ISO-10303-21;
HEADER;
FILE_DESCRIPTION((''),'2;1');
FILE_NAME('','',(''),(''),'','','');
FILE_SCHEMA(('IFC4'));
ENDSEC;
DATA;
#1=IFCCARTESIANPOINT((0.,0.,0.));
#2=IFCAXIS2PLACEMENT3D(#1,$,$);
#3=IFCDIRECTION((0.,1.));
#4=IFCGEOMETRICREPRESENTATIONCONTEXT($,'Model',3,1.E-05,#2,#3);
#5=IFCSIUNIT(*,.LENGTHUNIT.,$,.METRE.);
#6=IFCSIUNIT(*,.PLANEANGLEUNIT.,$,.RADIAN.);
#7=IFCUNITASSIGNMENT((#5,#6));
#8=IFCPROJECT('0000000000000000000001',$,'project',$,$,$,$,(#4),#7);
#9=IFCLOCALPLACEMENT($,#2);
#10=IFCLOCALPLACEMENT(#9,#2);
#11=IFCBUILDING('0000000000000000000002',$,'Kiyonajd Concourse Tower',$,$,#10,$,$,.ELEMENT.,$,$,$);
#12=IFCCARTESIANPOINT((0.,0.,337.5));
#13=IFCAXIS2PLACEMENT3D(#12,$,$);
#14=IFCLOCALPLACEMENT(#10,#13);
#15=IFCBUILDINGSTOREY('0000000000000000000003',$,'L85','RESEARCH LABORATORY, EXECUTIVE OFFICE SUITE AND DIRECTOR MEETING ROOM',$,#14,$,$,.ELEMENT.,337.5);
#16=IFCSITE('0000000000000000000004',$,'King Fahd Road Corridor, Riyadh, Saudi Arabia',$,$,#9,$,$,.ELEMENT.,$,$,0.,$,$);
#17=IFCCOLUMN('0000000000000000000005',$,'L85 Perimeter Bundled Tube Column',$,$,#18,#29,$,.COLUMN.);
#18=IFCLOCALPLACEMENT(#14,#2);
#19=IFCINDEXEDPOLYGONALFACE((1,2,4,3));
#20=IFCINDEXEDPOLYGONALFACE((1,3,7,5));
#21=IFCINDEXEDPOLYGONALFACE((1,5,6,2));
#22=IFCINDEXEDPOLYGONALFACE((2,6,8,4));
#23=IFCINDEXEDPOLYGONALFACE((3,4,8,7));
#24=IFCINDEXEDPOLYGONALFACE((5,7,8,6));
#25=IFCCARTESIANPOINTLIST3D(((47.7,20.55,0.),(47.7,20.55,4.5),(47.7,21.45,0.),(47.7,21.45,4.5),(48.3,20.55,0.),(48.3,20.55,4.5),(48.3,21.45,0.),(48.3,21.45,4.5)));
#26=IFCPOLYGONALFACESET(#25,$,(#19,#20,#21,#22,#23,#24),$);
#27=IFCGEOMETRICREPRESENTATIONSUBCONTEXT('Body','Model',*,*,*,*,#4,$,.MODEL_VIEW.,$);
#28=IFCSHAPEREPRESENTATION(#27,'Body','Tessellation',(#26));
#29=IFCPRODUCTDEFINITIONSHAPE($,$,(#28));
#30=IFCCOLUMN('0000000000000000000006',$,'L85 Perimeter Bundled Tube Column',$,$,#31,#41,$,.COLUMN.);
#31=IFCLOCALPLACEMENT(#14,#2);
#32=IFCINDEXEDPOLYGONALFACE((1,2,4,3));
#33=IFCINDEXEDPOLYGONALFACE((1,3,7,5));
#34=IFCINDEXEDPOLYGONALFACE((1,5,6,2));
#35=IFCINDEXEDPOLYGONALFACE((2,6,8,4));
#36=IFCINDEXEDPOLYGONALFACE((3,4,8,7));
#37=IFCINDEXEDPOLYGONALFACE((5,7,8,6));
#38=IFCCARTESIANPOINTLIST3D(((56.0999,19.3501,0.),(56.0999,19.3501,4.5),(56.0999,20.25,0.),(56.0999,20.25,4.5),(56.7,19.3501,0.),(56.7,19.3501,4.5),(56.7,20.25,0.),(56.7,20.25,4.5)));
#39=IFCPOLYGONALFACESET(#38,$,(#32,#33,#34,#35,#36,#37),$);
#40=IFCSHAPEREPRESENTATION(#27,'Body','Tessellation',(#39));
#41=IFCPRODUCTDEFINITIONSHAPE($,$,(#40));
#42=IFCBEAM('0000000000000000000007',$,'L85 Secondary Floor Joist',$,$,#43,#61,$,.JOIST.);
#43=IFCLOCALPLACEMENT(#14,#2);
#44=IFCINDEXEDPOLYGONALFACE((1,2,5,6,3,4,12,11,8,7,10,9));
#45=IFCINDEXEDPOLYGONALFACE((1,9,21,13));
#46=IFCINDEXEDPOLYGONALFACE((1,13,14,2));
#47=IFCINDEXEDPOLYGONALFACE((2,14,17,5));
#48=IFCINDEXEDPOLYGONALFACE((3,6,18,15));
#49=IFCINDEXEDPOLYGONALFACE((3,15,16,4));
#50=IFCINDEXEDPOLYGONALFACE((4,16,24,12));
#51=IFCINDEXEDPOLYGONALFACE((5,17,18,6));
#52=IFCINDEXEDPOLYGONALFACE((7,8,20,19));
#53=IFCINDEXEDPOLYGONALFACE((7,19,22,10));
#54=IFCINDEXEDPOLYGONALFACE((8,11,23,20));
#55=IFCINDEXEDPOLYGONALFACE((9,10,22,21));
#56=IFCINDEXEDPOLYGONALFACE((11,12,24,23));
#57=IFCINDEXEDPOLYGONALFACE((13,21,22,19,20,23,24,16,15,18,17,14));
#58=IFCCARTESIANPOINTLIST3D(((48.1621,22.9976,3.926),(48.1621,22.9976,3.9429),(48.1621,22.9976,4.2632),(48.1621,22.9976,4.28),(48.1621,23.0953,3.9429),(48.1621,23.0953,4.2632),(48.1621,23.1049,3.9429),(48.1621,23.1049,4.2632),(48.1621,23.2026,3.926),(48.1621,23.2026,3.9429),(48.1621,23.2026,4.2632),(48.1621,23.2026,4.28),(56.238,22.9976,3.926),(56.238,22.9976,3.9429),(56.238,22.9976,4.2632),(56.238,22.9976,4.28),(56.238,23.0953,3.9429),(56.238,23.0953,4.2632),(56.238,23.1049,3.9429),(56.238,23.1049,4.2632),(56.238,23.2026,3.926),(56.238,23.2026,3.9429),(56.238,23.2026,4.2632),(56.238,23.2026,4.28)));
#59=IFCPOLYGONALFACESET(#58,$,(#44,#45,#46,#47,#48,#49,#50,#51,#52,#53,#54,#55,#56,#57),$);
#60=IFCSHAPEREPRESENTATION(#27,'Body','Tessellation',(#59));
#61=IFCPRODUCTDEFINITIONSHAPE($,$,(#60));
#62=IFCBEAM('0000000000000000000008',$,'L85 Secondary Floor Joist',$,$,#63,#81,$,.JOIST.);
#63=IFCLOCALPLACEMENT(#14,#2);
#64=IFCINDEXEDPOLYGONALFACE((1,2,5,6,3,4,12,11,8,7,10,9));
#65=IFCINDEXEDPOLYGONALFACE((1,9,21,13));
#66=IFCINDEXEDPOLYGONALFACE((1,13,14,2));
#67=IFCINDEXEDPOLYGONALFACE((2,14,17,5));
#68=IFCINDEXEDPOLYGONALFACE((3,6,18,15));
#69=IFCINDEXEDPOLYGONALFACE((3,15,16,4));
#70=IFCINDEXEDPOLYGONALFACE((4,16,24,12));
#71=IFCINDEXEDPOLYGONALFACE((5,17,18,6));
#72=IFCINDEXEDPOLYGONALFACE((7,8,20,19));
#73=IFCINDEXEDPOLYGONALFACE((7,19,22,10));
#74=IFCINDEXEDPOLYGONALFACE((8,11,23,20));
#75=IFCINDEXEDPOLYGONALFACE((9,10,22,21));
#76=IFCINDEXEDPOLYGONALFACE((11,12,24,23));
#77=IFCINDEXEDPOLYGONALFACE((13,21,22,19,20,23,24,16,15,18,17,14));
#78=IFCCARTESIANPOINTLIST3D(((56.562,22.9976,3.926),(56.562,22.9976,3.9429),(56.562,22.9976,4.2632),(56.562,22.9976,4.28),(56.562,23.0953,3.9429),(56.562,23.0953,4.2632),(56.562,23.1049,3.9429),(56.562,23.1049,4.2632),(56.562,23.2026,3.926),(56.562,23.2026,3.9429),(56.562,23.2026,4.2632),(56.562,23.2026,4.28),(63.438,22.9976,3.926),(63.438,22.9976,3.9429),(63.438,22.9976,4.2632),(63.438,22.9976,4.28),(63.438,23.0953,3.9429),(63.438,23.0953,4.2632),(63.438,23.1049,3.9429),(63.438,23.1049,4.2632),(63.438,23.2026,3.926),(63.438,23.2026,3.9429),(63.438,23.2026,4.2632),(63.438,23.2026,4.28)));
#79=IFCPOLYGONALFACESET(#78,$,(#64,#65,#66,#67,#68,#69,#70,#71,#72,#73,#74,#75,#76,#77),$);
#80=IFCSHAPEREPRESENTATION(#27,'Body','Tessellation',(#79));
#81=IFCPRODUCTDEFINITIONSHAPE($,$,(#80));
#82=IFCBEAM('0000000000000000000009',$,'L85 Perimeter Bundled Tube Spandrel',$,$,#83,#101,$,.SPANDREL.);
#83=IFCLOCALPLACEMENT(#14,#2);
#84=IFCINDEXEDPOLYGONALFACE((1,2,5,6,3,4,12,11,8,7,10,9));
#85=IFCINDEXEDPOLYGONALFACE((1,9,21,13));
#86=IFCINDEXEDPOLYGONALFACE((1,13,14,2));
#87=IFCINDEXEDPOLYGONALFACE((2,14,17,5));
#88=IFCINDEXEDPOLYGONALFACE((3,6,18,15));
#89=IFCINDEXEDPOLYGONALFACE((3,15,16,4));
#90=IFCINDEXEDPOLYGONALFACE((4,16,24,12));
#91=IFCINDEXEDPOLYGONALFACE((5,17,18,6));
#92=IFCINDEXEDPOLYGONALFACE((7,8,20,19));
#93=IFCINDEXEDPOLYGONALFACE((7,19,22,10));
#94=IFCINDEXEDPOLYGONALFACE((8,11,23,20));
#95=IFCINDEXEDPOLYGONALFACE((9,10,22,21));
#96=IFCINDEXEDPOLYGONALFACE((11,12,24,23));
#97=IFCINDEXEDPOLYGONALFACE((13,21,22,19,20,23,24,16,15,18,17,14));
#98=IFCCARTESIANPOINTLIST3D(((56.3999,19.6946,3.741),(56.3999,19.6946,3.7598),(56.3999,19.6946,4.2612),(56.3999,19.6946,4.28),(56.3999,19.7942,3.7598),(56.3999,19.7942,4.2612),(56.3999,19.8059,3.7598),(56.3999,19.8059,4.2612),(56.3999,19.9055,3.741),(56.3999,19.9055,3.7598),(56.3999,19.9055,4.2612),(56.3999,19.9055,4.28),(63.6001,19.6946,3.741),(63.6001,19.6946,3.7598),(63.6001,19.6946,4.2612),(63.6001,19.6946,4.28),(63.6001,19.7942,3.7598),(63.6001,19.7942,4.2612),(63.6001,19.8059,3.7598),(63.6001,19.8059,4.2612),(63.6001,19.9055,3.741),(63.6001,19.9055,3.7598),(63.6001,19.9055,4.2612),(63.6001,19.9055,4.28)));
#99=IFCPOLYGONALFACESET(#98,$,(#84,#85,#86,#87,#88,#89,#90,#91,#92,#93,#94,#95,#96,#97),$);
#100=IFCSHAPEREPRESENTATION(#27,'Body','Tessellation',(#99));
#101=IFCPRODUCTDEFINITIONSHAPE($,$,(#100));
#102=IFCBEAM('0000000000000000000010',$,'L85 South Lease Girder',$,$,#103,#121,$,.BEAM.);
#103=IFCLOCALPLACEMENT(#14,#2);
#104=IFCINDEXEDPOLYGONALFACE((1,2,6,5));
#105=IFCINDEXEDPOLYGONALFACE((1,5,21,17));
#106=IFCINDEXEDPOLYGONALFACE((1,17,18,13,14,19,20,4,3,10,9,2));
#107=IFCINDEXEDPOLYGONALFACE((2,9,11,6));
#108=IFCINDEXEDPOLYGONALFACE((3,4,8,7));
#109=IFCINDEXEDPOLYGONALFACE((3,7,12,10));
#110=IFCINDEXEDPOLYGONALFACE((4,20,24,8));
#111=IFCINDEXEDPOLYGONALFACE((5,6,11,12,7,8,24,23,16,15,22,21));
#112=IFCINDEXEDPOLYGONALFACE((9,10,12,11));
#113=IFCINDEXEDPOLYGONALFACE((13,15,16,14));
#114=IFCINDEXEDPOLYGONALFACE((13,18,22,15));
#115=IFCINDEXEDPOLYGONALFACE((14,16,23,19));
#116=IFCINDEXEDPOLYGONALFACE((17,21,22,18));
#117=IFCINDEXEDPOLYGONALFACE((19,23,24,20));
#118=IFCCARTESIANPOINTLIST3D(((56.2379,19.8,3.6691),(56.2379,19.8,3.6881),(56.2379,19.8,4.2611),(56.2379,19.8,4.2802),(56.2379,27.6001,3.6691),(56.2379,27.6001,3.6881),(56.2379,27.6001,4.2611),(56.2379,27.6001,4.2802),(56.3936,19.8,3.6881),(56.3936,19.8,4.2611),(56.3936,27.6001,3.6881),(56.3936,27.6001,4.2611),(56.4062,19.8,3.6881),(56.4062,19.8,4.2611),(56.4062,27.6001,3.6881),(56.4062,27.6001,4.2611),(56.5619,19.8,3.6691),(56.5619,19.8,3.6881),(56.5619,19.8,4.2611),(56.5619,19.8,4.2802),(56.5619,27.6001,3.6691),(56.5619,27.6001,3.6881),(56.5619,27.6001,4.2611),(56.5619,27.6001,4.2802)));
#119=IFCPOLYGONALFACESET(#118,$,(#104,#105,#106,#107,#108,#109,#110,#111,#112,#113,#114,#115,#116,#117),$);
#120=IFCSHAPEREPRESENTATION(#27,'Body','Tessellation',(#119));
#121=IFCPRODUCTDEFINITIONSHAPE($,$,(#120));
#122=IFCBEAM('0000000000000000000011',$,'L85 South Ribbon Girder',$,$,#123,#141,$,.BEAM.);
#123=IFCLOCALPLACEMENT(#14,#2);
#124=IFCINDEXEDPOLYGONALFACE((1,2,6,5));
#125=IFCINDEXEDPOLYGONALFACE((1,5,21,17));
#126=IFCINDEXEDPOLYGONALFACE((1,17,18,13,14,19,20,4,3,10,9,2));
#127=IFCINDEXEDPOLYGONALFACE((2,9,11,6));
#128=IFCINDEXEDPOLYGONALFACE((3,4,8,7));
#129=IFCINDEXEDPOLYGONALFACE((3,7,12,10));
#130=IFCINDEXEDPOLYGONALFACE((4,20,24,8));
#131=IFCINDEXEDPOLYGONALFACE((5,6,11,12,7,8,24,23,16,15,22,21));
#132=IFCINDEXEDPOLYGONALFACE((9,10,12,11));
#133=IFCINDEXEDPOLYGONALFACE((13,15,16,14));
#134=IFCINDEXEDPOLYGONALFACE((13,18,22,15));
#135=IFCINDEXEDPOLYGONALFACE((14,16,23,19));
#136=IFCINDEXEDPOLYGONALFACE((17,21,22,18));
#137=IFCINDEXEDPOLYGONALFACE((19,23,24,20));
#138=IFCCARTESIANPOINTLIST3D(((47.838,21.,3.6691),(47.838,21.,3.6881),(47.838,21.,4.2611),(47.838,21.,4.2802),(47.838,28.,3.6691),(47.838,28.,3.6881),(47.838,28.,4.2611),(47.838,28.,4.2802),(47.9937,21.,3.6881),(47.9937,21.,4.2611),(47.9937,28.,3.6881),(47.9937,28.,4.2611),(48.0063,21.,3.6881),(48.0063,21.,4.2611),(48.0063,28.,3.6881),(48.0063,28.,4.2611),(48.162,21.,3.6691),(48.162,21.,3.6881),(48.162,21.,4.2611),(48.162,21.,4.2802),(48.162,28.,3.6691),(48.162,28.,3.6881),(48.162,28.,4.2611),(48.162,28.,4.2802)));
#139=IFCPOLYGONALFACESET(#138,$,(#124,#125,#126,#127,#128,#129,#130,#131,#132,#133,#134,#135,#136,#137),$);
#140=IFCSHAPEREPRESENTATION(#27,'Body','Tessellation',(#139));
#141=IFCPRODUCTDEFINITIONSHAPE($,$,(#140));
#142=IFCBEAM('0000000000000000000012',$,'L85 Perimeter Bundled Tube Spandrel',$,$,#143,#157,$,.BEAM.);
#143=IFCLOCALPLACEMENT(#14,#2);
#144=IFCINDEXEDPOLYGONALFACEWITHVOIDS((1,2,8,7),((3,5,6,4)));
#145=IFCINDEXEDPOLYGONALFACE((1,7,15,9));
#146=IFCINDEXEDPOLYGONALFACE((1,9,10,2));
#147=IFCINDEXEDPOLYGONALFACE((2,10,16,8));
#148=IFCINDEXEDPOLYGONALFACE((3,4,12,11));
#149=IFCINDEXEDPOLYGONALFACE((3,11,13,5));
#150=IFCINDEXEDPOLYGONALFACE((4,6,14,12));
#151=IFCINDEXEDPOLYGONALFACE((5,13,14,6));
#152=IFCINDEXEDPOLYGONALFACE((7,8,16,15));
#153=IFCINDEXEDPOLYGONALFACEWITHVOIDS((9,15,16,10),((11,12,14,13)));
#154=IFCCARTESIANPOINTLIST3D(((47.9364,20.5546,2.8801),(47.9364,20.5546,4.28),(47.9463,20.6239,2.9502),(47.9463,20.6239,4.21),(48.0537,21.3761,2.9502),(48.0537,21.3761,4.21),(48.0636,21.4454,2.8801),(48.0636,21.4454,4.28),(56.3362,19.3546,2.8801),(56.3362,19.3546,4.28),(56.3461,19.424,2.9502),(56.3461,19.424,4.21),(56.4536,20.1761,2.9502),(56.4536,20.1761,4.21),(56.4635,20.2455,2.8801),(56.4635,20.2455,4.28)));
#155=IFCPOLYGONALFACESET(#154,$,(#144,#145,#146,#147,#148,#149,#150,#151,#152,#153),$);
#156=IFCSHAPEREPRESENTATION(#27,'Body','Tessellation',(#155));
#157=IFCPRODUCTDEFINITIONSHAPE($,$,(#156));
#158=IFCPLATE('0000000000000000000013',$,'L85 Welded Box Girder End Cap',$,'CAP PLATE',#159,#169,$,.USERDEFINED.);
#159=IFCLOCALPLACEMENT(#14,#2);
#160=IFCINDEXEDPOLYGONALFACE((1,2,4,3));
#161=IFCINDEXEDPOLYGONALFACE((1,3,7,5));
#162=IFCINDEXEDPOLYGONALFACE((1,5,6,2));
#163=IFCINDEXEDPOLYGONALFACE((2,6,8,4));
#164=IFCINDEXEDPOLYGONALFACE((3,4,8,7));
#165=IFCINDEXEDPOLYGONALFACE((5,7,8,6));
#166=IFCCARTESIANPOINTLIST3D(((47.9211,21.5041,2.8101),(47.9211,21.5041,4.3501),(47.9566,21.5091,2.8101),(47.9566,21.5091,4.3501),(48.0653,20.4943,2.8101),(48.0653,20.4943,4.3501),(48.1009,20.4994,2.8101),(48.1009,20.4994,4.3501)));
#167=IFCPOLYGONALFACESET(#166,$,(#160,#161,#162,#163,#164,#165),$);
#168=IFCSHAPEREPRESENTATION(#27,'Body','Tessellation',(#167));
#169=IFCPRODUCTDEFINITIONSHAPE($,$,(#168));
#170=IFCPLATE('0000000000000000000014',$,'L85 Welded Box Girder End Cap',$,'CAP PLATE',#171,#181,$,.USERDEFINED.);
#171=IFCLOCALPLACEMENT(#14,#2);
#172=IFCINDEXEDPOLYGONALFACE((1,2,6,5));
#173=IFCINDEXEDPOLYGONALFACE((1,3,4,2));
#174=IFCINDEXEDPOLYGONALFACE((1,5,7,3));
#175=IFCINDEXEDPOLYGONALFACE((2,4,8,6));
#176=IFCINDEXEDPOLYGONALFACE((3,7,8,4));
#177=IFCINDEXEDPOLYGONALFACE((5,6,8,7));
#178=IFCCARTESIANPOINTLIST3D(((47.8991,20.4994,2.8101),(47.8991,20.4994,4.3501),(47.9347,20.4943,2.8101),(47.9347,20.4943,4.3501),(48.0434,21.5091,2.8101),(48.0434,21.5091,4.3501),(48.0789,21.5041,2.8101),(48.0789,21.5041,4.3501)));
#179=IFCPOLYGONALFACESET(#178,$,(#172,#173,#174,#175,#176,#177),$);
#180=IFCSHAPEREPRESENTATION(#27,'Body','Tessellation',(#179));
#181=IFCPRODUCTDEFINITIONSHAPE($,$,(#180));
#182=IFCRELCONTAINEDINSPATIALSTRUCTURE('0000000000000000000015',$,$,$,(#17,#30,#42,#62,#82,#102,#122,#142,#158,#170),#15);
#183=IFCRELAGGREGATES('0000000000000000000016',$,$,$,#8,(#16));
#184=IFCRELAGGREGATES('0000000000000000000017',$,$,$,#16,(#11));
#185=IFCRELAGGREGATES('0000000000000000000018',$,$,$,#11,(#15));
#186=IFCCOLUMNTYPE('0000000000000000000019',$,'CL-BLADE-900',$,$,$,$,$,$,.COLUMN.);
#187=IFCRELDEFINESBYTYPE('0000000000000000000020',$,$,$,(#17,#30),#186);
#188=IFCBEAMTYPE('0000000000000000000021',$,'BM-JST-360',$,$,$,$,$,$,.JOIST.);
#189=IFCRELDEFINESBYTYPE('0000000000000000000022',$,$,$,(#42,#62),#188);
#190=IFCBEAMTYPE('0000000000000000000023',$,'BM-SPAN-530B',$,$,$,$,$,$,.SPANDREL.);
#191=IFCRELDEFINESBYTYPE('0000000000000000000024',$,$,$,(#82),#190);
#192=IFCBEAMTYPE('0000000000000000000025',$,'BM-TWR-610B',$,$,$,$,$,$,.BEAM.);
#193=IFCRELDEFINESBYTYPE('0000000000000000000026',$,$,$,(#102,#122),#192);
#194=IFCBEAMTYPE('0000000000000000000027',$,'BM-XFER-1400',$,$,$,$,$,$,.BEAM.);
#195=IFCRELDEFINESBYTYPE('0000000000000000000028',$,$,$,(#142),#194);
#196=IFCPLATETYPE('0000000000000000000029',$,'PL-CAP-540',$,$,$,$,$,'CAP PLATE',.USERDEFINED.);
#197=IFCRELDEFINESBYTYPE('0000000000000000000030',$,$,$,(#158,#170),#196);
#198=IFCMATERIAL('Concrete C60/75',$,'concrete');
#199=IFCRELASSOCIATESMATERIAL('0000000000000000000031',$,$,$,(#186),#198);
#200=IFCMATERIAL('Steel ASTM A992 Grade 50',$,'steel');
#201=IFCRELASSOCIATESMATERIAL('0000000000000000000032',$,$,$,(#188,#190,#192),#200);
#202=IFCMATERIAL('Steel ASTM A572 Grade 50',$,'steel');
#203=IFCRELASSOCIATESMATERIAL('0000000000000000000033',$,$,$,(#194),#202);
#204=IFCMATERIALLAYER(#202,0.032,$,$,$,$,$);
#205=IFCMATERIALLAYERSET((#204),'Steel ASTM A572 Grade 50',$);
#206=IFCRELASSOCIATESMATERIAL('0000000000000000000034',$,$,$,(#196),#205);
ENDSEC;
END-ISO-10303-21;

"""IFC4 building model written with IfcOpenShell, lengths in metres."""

from ifc_helpers import new_model, si_unit, direction, frame, origin, origin_2d, place, context, subcontext, project, spatial, rectangle, hollow_rectangle, i_section, extrude, material, layer, layer_set, material_profile, profile_set, type_object, element, save


model = new_model("IFC4")

# Units and contexts
model_context = context("Model", 3, precision=1e-05, world=origin(), true_north=direction((0.0, 1.0)))
body_context = subcontext(model_context, "Body", "Model", "MODEL_VIEW")
ifc_project = project(units=[si_unit("LENGTHUNIT", "METRE"), si_unit("PLANEANGLEUNIT", "RADIAN")], contexts=[model_context])

# Site, building, storey
site_placement = place(None, origin())
site = spatial("IfcSite", under=ifc_project, at=site_placement, Name="King Fahd Road Corridor, Riyadh, Saudi Arabia", CompositionType="ELEMENT", RefElevation=0.0)
building_placement = place(site_placement, origin())
building = spatial("IfcBuilding", under=site, at=building_placement, Name="Kiyonajd Concourse Tower", CompositionType="ELEMENT")
storey_placement = place(building_placement, frame((0.0, 0.0, 337.5)))
storey = spatial("IfcBuildingStorey", under=building, at=storey_placement, Name="L85", Description="RESEARCH LABORATORY, EXECUTIVE OFFICE SUITE AND DIRECTOR MEETING ROOM", CompositionType="ELEMENT", Elevation=337.5)

# Columns
ifc_material_1 = material(Name="Concrete C60/75", Category="concrete")
ifc_material_profile_1 = material_profile(ifc_material_1, rectangle(XDim=0.6001, YDim=0.8999, at=origin_2d()), Name="RC-900x600")
ifc_profile_set_1 = profile_set([ifc_material_profile_1], Name="Concrete C60/75")
column_type = type_object("IfcColumnType", Name="CL-BLADE-900", PredefinedType="COLUMN", material=ifc_profile_set_1)
for number, where, z_axis, x_axis, name in (
    (1, (48.0, 21.0, 0.0), (0.0, 0.0, 1.0), (1.0, 0.0, 0.0), "L85 Perimeter Bundled Tube Column"),
    (2, (56.3999, 19.8, 0.0), (0.0, 0.0, 1.0), (1.0, 0.0, 0.0), "L85 Perimeter Bundled Tube Column"),
):
    element("IfcColumn", number, at=place(storey_placement, frame(where, z_axis=z_axis, x_axis=x_axis)), inside=storey, type_object=column_type, Name=name, PredefinedType="COLUMN", context=body_context, shape_type="SweptSolid", body=[
        extrude(rectangle(XDim=0.6001, YDim=0.8999, at=origin_2d()), origin(), (0.0, 0.0, 1.0), 4.5),
    ])

# Beams
ifc_material_2 = material(Name="Steel ASTM A992 Grade 50", Category="steel")
ifc_material_profile_2 = material_profile(ifc_material_2, i_section(OverallWidth=0.2051, OverallDepth=0.354, WebThickness=0.0095, FlangeThickness=0.0168, at=origin_2d()), Name="W360X79")
ifc_profile_set_2 = profile_set([ifc_material_profile_2], Name="Steel ASTM A992 Grade 50")
beam_type_1 = type_object("IfcBeamType", Name="BM-JST-360", PredefinedType="JOIST", material=ifc_profile_set_2)
beam_1_placement = place(storey_placement, frame((48.1621, 23.1001, 4.103), z_axis=(1.0, 0.0, 0.0), x_axis=(0.0, 1.0, 0.0)))
element("IfcBeam", 3, at=beam_1_placement, inside=storey, type_object=beam_type_1, Name="L85 Secondary Floor Joist", PredefinedType="JOIST", context=body_context, shape_type="SweptSolid", body=[
    extrude(i_section(OverallWidth=0.2051, OverallDepth=0.354, WebThickness=0.0095, FlangeThickness=0.0168, at=origin_2d()), origin(), (0.0, 0.0, 1.0), 8.0759),
])
beam_2_placement = place(storey_placement, frame((56.562, 23.1001, 4.103), z_axis=(1.0, 0.0, 0.0), x_axis=(0.0, 1.0, 0.0)))
element("IfcBeam", 4, at=beam_2_placement, inside=storey, type_object=beam_type_1, Name="L85 Secondary Floor Joist", PredefinedType="JOIST", context=body_context, shape_type="SweptSolid", body=[
    extrude(i_section(OverallWidth=0.2051, OverallDepth=0.354, WebThickness=0.0095, FlangeThickness=0.0168, at=origin_2d()), origin(), (0.0, 0.0, 1.0), 6.876),
])
ifc_material_profile_3 = material_profile(ifc_material_2, i_section(OverallWidth=0.2109, OverallDepth=0.5391, WebThickness=0.0117, FlangeThickness=0.0188, at=origin_2d()), Name="W530X109")
ifc_profile_set_3 = profile_set([ifc_material_profile_3], Name="Steel ASTM A992 Grade 50")
beam_type_2 = type_object("IfcBeamType", Name="BM-SPAN-530B", PredefinedType="SPANDREL", material=ifc_profile_set_3)
beam_3_placement = place(storey_placement, frame((56.3999, 19.8, 4.0105), z_axis=(1.0, 0.0, 0.0), x_axis=(0.0, 1.0, 0.0)))
element("IfcBeam", 5, at=beam_3_placement, inside=storey, type_object=beam_type_2, Name="L85 Perimeter Bundled Tube Spandrel", PredefinedType="SPANDREL", context=body_context, shape_type="SweptSolid", body=[
    extrude(i_section(OverallWidth=0.2109, OverallDepth=0.5391, WebThickness=0.0117, FlangeThickness=0.0188, at=origin_2d()), origin(), (0.0, 0.0, 1.0), 7.2002),
])
ifc_material_profile_4 = material_profile(ifc_material_2, i_section(OverallWidth=0.324, OverallDepth=0.6111, WebThickness=0.0127, FlangeThickness=0.019, at=origin_2d()), Name="W610X155")
ifc_profile_set_4 = profile_set([ifc_material_profile_4], Name="Steel ASTM A992 Grade 50")
beam_type_3 = type_object("IfcBeamType", Name="BM-TWR-610B", PredefinedType="BEAM", material=ifc_profile_set_4)
beam_4_placement = place(storey_placement, frame((56.3999, 19.8, 3.9746), z_axis=(0.0, 1.0, 0.0), x_axis=(-1.0, 0.0, 0.0)))
element("IfcBeam", 6, at=beam_4_placement, inside=storey, type_object=beam_type_3, Name="L85 South Lease Girder", PredefinedType="BEAM", context=body_context, shape_type="SweptSolid", body=[
    extrude(i_section(OverallWidth=0.324, OverallDepth=0.6111, WebThickness=0.0127, FlangeThickness=0.019, at=origin_2d()), origin(), (0.0, 0.0, 1.0), 7.8),
])
beam_5_placement = place(storey_placement, frame((48.0, 21.0, 3.9746), z_axis=(0.0, 1.0, 0.0), x_axis=(-1.0, 0.0, 0.0)))
element("IfcBeam", 7, at=beam_5_placement, inside=storey, type_object=beam_type_3, Name="L85 South Ribbon Girder", PredefinedType="BEAM", context=body_context, shape_type="SweptSolid", body=[
    extrude(i_section(OverallWidth=0.324, OverallDepth=0.6111, WebThickness=0.0127, FlangeThickness=0.019, at=origin_2d()), origin(), (0.0, 0.0, 1.0), 7.0),
])
ifc_material_3 = material(Name="Steel ASTM A572 Grade 50", Category="steel")
ifc_material_profile_5 = material_profile(ifc_material_3, hollow_rectangle(XDim=0.8999, YDim=1.3999, WallThickness=0.0701, at=origin_2d()), Name="BOX-1400x900x70")
ifc_profile_set_5 = profile_set([ifc_material_profile_5], Name="Steel ASTM A572 Grade 50")
beam_type_4 = type_object("IfcBeamType", Name="BM-XFER-1400", PredefinedType="BEAM", material=ifc_profile_set_5)
beam_6_placement = place(storey_placement, frame((48.0, 21.0, 3.5801), z_axis=(0.98995, -0.141417, 0.0), x_axis=(0.141417, 0.98995, 0.0)))
element("IfcBeam", 8, at=beam_6_placement, inside=storey, type_object=beam_type_4, Name="L85 Perimeter Bundled Tube Spandrel", PredefinedType="BEAM", context=body_context, shape_type="SweptSolid", body=[
    extrude(hollow_rectangle(XDim=0.8999, YDim=1.3999, WallThickness=0.0701, at=origin_2d()), origin(), (0.0, 0.0, 1.0), 8.4851),
])

# Plates
ifc_layer_1 = layer(ifc_material_3, 0.032)
ifc_layer_set_1 = layer_set([ifc_layer_1], Name="Steel ASTM A572 Grade 50")
plate_type_1 = type_object("IfcPlateType", Name="PL-CAP-540", ElementType="CAP PLATE", PredefinedType="USERDEFINED", material=ifc_layer_set_1)
for number, where, z_axis, x_axis, name in (
    (9, (48.011, 21.0017, 2.8101), (0.0, 0.0, 1.0), (0.98995, 0.14142, 0.0), "L85 Welded Box Girder End Cap"),
    (10, (47.989, 21.0017, 2.8101), (0.0, 0.0, 1.0), (-0.98995, 0.14142, 0.0), "L85 Welded Box Girder End Cap"),
):
    element("IfcPlate", number, at=place(storey_placement, frame(where, z_axis=z_axis, x_axis=x_axis)), inside=storey, type_object=plate_type_1, Name=name, ObjectType="CAP PLATE", PredefinedType="USERDEFINED", context=body_context, shape_type="SweptSolid", body=[
        extrude(rectangle(XDim=0.0359, YDim=1.02, at=origin_2d()), origin(), (0.0, 0.0, 1.0), 1.54),
    ])

save(model, "model.ifc")
